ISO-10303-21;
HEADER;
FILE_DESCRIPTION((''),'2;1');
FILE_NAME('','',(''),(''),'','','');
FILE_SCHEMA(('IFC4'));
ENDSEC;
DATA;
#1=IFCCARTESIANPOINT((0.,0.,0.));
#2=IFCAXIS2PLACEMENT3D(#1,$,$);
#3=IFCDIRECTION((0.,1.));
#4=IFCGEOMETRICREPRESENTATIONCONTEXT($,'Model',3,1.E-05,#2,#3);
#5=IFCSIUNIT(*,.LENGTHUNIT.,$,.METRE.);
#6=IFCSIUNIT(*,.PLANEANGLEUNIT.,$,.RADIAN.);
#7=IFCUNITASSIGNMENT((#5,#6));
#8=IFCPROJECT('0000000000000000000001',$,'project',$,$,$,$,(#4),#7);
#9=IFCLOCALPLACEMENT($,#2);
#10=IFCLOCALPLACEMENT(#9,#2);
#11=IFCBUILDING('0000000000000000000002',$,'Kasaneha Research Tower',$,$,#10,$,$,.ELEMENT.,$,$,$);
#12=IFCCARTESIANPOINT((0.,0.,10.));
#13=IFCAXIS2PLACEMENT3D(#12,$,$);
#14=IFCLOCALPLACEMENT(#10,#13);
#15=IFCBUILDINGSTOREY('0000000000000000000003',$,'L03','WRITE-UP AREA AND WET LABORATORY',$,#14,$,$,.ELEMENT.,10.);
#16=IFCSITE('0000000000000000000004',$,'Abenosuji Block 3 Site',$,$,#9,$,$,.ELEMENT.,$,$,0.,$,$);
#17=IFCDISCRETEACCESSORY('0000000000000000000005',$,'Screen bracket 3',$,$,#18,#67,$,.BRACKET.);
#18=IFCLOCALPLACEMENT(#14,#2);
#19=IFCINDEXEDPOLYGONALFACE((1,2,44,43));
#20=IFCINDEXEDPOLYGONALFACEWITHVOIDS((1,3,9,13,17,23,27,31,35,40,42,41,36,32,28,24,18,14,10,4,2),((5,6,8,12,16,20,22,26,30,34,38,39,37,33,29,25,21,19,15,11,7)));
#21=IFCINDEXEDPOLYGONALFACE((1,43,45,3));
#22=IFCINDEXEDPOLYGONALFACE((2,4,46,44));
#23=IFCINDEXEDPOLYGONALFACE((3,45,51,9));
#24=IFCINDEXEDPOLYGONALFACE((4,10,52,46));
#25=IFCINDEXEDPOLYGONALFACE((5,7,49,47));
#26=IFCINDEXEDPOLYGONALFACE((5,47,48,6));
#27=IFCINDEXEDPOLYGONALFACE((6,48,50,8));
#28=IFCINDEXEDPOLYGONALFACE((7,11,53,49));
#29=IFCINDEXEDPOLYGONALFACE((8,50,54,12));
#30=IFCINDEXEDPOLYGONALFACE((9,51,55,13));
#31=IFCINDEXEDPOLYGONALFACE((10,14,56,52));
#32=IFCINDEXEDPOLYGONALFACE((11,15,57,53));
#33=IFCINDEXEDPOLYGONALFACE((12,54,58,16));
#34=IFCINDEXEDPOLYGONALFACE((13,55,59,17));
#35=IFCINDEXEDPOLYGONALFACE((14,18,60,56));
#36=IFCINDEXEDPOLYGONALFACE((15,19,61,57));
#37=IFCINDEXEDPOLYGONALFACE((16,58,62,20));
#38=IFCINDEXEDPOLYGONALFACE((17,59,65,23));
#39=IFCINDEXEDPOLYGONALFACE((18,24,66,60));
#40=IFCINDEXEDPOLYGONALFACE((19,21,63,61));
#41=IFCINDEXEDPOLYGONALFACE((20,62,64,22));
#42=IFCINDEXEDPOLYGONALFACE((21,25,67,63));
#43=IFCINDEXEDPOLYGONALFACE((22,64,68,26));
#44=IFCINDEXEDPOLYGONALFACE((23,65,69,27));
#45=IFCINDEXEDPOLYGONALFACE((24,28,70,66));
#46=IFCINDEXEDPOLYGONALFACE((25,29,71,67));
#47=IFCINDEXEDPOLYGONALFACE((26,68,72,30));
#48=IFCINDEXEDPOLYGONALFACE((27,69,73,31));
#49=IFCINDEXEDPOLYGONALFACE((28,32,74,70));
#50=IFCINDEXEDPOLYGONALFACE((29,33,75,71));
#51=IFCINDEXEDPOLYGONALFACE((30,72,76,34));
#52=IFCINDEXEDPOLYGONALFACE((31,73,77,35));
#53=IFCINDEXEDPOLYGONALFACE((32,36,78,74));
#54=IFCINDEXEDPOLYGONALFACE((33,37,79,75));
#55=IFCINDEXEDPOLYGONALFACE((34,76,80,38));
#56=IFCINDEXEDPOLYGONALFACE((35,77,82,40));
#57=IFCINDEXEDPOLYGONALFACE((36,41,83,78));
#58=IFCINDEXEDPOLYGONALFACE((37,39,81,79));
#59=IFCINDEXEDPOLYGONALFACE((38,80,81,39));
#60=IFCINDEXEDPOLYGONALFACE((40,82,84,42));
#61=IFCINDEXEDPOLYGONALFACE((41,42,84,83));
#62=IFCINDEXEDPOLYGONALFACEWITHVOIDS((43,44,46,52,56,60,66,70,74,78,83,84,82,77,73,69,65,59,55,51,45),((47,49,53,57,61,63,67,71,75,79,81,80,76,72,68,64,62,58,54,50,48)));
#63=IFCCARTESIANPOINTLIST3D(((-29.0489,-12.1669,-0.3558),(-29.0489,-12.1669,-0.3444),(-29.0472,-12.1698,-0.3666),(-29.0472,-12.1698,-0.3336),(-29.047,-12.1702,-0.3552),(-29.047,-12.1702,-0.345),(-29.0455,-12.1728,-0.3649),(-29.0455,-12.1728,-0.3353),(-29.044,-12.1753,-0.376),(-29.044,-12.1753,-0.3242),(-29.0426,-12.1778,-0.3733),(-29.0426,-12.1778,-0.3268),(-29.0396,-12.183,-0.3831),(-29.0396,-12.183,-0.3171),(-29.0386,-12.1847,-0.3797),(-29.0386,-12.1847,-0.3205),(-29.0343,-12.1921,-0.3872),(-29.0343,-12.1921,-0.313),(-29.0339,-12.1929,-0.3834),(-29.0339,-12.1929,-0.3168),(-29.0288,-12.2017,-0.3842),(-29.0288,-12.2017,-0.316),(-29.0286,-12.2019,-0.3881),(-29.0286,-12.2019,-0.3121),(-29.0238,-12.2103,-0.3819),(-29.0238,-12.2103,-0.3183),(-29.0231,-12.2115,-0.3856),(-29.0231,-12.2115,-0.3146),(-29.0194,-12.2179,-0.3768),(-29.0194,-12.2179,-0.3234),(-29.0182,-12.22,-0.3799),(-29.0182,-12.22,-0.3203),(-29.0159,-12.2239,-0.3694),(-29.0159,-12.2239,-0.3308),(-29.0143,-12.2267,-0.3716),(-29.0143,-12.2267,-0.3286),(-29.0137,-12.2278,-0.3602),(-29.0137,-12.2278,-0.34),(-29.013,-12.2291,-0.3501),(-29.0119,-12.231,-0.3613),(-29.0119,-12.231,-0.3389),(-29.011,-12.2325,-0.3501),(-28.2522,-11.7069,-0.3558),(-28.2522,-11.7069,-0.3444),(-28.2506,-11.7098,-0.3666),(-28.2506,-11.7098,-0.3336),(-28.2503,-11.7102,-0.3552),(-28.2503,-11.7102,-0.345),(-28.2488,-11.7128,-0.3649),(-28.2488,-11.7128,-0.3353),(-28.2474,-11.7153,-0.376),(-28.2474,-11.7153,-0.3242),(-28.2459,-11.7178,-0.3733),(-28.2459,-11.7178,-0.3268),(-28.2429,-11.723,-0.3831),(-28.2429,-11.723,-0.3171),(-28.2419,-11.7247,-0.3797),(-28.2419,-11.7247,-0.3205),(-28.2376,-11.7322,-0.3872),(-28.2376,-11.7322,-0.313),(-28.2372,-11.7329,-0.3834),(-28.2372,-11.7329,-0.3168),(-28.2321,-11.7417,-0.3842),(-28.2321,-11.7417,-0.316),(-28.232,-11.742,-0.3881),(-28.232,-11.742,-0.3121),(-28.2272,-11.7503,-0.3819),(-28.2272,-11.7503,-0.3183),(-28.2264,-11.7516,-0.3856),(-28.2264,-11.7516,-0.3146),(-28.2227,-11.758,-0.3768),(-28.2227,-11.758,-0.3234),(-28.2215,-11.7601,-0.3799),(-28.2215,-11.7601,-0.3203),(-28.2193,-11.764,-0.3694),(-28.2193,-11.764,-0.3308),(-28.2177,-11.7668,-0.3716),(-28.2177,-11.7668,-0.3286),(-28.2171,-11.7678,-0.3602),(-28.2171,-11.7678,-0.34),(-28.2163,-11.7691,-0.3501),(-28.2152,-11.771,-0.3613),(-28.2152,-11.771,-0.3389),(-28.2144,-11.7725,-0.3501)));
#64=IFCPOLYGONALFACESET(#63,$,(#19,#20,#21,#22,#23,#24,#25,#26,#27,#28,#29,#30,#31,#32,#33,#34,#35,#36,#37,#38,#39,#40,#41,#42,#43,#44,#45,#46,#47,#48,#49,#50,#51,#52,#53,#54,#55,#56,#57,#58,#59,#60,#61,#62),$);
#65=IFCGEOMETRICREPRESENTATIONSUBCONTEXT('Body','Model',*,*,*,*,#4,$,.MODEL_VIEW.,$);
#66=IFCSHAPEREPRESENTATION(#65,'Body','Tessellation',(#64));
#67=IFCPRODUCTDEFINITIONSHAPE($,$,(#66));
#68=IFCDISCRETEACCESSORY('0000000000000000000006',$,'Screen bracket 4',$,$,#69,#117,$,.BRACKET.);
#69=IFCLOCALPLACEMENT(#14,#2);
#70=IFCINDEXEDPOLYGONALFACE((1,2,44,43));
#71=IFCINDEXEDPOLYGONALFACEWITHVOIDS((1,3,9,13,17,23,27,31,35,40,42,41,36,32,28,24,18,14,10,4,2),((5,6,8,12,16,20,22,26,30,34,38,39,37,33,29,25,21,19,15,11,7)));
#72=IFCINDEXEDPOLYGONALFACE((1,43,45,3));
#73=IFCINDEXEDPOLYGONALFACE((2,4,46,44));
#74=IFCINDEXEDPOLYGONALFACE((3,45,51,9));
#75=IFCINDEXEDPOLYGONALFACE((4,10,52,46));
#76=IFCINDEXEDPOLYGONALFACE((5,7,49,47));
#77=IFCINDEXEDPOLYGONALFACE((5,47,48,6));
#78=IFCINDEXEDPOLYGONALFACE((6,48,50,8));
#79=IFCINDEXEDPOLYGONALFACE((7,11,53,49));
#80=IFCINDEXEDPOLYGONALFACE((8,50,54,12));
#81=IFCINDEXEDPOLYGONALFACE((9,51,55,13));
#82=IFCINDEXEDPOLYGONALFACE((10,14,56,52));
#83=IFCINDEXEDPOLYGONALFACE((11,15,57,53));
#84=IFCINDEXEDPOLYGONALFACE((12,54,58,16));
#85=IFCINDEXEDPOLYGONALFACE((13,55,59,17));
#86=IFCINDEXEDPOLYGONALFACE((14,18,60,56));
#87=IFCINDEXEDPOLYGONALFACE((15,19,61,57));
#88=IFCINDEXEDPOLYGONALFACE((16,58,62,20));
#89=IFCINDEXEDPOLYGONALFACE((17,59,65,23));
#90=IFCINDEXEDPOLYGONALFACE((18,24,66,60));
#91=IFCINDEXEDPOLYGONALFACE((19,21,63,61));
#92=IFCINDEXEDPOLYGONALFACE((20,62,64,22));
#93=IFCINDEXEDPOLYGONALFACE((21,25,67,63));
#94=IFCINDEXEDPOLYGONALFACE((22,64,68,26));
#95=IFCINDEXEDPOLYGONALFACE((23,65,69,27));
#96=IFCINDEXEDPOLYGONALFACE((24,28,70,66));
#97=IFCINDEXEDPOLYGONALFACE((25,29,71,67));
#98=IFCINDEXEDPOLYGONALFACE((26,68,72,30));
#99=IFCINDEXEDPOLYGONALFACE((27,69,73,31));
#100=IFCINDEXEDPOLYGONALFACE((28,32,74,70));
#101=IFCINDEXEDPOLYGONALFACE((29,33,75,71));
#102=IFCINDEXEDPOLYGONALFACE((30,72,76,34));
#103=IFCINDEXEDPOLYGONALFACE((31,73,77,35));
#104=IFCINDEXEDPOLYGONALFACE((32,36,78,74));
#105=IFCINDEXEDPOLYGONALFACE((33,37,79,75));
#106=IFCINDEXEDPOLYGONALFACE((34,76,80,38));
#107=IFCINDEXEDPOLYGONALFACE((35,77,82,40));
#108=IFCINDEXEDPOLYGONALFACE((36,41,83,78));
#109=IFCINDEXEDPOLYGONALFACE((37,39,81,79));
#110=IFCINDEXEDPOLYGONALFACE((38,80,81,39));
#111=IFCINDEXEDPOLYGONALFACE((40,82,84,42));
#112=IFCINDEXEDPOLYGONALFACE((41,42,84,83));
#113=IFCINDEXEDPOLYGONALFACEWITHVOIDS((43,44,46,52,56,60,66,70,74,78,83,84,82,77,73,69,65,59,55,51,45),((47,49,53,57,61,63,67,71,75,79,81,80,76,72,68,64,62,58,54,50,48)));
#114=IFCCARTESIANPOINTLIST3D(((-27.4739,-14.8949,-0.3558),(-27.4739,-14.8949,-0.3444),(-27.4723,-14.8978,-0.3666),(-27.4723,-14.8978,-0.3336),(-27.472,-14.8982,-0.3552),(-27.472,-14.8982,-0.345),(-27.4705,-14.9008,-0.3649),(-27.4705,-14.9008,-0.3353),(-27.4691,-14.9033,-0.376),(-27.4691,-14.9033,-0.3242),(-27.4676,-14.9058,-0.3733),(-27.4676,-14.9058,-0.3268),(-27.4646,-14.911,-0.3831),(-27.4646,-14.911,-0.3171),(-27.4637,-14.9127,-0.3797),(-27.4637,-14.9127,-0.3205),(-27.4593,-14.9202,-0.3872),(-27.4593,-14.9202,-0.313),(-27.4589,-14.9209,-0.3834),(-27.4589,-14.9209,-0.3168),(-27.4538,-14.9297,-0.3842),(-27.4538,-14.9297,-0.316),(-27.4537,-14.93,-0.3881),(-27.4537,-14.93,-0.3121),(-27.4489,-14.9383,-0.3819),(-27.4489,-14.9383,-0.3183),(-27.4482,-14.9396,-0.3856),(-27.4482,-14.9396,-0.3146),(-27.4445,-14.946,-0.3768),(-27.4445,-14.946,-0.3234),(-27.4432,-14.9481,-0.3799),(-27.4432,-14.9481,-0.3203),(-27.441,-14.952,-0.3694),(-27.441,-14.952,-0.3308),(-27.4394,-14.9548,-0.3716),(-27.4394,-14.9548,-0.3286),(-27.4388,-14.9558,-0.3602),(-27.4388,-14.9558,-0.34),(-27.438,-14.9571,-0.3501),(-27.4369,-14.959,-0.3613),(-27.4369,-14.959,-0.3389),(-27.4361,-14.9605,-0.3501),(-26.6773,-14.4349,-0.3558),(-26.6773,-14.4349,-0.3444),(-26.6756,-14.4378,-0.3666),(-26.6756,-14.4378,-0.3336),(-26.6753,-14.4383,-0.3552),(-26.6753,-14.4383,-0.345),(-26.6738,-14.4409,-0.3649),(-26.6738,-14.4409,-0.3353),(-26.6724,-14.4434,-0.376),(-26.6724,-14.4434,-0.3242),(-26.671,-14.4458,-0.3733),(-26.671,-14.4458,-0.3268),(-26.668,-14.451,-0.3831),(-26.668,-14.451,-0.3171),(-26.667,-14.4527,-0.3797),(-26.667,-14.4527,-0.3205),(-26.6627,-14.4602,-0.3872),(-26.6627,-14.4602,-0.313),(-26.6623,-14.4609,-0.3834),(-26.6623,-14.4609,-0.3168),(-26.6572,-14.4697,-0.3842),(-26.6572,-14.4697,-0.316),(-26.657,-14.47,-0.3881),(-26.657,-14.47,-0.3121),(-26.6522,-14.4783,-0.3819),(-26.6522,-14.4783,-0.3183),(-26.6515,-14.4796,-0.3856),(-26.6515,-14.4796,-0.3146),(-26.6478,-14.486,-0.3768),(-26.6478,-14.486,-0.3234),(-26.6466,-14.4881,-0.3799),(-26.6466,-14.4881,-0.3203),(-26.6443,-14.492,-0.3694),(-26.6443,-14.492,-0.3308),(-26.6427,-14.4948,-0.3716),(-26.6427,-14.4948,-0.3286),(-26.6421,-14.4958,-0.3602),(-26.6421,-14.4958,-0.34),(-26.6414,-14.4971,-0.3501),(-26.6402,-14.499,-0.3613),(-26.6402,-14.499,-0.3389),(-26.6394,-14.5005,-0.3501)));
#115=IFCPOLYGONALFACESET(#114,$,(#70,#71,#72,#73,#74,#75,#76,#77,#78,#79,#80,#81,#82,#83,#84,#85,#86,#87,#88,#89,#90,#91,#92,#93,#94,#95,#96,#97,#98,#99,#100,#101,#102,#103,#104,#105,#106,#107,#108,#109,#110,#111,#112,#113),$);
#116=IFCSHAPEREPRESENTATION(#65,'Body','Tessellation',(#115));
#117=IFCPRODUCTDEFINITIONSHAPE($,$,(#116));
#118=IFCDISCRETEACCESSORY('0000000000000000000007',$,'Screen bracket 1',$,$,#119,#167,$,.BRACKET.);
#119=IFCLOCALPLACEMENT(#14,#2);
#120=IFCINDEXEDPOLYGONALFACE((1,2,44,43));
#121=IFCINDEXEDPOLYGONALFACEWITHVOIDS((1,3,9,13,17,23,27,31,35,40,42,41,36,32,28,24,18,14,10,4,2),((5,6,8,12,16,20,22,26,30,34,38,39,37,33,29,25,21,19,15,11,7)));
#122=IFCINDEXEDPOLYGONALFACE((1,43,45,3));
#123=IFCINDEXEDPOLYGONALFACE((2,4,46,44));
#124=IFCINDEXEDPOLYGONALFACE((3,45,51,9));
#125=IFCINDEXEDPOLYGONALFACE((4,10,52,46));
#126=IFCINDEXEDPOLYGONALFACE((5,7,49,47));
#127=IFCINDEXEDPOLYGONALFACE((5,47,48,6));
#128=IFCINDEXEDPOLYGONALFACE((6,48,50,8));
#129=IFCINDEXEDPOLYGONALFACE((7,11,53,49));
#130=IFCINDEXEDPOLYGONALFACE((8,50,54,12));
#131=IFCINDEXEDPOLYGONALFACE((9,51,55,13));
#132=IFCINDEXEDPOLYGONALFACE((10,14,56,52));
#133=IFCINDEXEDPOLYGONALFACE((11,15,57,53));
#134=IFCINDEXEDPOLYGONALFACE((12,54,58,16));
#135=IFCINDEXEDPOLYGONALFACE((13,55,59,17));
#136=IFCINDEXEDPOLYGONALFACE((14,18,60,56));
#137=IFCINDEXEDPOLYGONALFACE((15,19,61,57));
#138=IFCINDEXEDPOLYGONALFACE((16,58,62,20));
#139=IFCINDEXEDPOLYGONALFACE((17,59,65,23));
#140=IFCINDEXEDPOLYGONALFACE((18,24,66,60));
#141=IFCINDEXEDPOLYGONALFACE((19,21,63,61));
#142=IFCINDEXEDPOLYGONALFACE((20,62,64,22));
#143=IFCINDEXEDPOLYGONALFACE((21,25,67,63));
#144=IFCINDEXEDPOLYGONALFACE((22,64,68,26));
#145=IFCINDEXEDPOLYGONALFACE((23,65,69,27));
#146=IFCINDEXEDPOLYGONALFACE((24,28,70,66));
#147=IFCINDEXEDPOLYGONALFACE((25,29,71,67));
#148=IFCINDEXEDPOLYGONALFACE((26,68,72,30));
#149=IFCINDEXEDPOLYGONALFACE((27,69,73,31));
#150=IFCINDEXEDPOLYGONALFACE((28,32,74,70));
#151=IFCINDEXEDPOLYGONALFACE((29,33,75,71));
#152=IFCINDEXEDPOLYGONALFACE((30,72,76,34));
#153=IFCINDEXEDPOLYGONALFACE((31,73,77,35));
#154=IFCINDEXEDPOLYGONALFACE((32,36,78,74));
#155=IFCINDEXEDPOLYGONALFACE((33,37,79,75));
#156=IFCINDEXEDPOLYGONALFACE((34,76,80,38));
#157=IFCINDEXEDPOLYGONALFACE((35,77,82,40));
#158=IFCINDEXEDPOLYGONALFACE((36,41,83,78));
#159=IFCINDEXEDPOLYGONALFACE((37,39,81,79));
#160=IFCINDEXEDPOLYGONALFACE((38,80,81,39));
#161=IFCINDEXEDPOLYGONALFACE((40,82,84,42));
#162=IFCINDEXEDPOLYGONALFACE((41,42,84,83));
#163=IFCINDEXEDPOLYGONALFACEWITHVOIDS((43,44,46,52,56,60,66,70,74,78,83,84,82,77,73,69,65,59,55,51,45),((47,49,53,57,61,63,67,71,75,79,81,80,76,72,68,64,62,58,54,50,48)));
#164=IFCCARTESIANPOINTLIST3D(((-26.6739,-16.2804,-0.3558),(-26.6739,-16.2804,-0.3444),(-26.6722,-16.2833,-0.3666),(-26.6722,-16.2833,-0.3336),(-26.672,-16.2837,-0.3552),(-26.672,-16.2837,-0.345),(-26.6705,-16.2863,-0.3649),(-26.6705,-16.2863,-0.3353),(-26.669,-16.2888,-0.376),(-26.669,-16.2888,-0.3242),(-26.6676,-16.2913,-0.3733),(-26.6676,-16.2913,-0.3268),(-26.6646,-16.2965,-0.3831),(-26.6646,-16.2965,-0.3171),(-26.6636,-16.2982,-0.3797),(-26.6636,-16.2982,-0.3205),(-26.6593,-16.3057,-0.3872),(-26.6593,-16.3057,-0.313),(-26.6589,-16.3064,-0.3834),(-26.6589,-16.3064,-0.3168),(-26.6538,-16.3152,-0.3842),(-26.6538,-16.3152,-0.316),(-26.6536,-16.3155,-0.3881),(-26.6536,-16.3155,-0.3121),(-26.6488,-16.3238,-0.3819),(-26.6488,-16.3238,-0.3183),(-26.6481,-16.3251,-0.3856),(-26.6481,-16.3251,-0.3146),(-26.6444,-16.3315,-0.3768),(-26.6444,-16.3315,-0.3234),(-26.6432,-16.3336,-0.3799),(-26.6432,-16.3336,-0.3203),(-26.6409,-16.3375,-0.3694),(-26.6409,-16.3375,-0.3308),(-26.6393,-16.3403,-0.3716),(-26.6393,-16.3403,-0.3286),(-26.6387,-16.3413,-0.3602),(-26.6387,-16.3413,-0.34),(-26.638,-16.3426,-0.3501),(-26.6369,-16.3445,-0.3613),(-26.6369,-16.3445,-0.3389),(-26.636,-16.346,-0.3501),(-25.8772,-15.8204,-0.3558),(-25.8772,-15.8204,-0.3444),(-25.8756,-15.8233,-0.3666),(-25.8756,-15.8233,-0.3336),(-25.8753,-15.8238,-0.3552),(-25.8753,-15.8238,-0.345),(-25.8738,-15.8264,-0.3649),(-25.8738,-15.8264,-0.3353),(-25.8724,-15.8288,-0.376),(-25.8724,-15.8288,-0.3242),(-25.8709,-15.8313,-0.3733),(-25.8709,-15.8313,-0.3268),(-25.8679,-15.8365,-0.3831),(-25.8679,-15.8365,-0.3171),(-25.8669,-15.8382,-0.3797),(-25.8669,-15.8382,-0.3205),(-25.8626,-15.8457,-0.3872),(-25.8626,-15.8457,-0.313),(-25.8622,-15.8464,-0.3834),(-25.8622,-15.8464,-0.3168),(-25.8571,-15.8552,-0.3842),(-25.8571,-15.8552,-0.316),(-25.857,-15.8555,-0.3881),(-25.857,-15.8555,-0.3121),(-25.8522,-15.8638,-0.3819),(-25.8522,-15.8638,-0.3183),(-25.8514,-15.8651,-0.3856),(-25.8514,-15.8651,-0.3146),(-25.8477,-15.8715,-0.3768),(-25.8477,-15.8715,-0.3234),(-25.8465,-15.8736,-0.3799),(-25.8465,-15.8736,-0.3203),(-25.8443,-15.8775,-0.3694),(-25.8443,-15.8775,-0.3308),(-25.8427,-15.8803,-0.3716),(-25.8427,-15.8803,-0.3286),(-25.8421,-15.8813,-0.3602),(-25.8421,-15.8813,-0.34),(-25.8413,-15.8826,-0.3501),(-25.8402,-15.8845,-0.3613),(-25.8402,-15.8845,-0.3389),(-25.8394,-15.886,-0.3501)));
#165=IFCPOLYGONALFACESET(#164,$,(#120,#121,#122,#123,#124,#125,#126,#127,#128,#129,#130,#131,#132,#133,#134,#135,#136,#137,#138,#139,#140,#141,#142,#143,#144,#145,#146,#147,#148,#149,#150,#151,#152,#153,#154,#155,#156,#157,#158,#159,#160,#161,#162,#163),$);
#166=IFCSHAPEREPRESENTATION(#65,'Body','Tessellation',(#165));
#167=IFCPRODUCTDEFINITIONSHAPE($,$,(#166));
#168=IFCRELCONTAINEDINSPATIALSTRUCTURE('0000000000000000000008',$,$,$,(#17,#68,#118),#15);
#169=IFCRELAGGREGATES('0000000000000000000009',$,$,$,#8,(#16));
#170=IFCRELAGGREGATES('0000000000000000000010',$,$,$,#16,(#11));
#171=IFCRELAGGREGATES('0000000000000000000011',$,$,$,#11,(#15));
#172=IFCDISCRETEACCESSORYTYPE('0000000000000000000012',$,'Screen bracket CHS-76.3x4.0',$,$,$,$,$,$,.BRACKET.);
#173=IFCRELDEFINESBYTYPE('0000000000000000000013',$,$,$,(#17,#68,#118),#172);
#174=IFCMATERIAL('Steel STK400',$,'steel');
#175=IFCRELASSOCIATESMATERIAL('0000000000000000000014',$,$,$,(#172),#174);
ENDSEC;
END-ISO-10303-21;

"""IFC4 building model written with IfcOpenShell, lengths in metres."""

from ifc_helpers import new_model, si_unit, direction, frame, origin, origin_2d, place, context, subcontext, project, spatial, hollow_circle, extrude, material, material_profile, profile_set, type_object, element, save


model = new_model("IFC4")

# Units and contexts
model_context = context("Model", 3, precision=1e-05, world=origin(), true_north=direction((0.0, 1.0)))
body_context = subcontext(model_context, "Body", "Model", "MODEL_VIEW")
ifc_project = project(units=[si_unit("LENGTHUNIT", "METRE"), si_unit("PLANEANGLEUNIT", "RADIAN")], contexts=[model_context])

# Site, building, storey
site_placement = place(None, origin())
site = spatial("IfcSite", under=ifc_project, at=site_placement, Name="Abenosuji Block 3 Site", CompositionType="ELEMENT", RefElevation=0.0)
building_placement = place(site_placement, origin())
building = spatial("IfcBuilding", under=site, at=building_placement, Name="Kasaneha Research Tower", CompositionType="ELEMENT")
storey_placement = place(building_placement, frame((0.0, 0.0, 10.0)))
storey = spatial("IfcBuildingStorey", under=building, at=storey_placement, Name="L03", Description="WRITE-UP AREA AND WET LABORATORY", CompositionType="ELEMENT", Elevation=10.0)

# Discrete accessories
ifc_material_1 = material(Name="Steel STK400", Category="steel")
ifc_material_profile_1 = material_profile(ifc_material_1, hollow_circle(Radius=0.0381, WallThickness=0.0039, at=origin_2d()), Name="CHS-76.3x4.0")
ifc_profile_set_1 = profile_set([ifc_material_profile_1], Name="Steel STK400")
discrete_accessory_type = type_object("IfcDiscreteAccessoryType", Name="Screen bracket CHS-76.3x4.0", PredefinedType="BRACKET", material=ifc_profile_set_1)
for number, where, z_axis, x_axis, name in (
    (1, (-28.2334, -11.7395, -0.3501), (-0.866013, -0.500021, 0.0), (0.500021, -0.866013, 0.0), "Screen bracket 3"),
    (2, (-26.6584, -14.4675, -0.3501), (-0.866013, -0.500021, 0.0), (0.500021, -0.866013, 0.0), "Screen bracket 4"),
    (3, (-25.8584, -15.853, -0.3501), (-0.866013, -0.500021, 0.0), (0.500021, -0.866013, 0.0), "Screen bracket 1"),
):
    element("IfcDiscreteAccessory", number, at=place(storey_placement, frame(where, z_axis=z_axis, x_axis=x_axis)), inside=storey, type_object=discrete_accessory_type, Name=name, PredefinedType="BRACKET", context=body_context, shape_type="SweptSolid", body=[
        extrude(hollow_circle(Radius=0.0381, WallThickness=0.0039, at=origin_2d()), origin(), (0.0, 0.0, 1.0), 0.9199),
    ])

save(model, "model.ifc")
